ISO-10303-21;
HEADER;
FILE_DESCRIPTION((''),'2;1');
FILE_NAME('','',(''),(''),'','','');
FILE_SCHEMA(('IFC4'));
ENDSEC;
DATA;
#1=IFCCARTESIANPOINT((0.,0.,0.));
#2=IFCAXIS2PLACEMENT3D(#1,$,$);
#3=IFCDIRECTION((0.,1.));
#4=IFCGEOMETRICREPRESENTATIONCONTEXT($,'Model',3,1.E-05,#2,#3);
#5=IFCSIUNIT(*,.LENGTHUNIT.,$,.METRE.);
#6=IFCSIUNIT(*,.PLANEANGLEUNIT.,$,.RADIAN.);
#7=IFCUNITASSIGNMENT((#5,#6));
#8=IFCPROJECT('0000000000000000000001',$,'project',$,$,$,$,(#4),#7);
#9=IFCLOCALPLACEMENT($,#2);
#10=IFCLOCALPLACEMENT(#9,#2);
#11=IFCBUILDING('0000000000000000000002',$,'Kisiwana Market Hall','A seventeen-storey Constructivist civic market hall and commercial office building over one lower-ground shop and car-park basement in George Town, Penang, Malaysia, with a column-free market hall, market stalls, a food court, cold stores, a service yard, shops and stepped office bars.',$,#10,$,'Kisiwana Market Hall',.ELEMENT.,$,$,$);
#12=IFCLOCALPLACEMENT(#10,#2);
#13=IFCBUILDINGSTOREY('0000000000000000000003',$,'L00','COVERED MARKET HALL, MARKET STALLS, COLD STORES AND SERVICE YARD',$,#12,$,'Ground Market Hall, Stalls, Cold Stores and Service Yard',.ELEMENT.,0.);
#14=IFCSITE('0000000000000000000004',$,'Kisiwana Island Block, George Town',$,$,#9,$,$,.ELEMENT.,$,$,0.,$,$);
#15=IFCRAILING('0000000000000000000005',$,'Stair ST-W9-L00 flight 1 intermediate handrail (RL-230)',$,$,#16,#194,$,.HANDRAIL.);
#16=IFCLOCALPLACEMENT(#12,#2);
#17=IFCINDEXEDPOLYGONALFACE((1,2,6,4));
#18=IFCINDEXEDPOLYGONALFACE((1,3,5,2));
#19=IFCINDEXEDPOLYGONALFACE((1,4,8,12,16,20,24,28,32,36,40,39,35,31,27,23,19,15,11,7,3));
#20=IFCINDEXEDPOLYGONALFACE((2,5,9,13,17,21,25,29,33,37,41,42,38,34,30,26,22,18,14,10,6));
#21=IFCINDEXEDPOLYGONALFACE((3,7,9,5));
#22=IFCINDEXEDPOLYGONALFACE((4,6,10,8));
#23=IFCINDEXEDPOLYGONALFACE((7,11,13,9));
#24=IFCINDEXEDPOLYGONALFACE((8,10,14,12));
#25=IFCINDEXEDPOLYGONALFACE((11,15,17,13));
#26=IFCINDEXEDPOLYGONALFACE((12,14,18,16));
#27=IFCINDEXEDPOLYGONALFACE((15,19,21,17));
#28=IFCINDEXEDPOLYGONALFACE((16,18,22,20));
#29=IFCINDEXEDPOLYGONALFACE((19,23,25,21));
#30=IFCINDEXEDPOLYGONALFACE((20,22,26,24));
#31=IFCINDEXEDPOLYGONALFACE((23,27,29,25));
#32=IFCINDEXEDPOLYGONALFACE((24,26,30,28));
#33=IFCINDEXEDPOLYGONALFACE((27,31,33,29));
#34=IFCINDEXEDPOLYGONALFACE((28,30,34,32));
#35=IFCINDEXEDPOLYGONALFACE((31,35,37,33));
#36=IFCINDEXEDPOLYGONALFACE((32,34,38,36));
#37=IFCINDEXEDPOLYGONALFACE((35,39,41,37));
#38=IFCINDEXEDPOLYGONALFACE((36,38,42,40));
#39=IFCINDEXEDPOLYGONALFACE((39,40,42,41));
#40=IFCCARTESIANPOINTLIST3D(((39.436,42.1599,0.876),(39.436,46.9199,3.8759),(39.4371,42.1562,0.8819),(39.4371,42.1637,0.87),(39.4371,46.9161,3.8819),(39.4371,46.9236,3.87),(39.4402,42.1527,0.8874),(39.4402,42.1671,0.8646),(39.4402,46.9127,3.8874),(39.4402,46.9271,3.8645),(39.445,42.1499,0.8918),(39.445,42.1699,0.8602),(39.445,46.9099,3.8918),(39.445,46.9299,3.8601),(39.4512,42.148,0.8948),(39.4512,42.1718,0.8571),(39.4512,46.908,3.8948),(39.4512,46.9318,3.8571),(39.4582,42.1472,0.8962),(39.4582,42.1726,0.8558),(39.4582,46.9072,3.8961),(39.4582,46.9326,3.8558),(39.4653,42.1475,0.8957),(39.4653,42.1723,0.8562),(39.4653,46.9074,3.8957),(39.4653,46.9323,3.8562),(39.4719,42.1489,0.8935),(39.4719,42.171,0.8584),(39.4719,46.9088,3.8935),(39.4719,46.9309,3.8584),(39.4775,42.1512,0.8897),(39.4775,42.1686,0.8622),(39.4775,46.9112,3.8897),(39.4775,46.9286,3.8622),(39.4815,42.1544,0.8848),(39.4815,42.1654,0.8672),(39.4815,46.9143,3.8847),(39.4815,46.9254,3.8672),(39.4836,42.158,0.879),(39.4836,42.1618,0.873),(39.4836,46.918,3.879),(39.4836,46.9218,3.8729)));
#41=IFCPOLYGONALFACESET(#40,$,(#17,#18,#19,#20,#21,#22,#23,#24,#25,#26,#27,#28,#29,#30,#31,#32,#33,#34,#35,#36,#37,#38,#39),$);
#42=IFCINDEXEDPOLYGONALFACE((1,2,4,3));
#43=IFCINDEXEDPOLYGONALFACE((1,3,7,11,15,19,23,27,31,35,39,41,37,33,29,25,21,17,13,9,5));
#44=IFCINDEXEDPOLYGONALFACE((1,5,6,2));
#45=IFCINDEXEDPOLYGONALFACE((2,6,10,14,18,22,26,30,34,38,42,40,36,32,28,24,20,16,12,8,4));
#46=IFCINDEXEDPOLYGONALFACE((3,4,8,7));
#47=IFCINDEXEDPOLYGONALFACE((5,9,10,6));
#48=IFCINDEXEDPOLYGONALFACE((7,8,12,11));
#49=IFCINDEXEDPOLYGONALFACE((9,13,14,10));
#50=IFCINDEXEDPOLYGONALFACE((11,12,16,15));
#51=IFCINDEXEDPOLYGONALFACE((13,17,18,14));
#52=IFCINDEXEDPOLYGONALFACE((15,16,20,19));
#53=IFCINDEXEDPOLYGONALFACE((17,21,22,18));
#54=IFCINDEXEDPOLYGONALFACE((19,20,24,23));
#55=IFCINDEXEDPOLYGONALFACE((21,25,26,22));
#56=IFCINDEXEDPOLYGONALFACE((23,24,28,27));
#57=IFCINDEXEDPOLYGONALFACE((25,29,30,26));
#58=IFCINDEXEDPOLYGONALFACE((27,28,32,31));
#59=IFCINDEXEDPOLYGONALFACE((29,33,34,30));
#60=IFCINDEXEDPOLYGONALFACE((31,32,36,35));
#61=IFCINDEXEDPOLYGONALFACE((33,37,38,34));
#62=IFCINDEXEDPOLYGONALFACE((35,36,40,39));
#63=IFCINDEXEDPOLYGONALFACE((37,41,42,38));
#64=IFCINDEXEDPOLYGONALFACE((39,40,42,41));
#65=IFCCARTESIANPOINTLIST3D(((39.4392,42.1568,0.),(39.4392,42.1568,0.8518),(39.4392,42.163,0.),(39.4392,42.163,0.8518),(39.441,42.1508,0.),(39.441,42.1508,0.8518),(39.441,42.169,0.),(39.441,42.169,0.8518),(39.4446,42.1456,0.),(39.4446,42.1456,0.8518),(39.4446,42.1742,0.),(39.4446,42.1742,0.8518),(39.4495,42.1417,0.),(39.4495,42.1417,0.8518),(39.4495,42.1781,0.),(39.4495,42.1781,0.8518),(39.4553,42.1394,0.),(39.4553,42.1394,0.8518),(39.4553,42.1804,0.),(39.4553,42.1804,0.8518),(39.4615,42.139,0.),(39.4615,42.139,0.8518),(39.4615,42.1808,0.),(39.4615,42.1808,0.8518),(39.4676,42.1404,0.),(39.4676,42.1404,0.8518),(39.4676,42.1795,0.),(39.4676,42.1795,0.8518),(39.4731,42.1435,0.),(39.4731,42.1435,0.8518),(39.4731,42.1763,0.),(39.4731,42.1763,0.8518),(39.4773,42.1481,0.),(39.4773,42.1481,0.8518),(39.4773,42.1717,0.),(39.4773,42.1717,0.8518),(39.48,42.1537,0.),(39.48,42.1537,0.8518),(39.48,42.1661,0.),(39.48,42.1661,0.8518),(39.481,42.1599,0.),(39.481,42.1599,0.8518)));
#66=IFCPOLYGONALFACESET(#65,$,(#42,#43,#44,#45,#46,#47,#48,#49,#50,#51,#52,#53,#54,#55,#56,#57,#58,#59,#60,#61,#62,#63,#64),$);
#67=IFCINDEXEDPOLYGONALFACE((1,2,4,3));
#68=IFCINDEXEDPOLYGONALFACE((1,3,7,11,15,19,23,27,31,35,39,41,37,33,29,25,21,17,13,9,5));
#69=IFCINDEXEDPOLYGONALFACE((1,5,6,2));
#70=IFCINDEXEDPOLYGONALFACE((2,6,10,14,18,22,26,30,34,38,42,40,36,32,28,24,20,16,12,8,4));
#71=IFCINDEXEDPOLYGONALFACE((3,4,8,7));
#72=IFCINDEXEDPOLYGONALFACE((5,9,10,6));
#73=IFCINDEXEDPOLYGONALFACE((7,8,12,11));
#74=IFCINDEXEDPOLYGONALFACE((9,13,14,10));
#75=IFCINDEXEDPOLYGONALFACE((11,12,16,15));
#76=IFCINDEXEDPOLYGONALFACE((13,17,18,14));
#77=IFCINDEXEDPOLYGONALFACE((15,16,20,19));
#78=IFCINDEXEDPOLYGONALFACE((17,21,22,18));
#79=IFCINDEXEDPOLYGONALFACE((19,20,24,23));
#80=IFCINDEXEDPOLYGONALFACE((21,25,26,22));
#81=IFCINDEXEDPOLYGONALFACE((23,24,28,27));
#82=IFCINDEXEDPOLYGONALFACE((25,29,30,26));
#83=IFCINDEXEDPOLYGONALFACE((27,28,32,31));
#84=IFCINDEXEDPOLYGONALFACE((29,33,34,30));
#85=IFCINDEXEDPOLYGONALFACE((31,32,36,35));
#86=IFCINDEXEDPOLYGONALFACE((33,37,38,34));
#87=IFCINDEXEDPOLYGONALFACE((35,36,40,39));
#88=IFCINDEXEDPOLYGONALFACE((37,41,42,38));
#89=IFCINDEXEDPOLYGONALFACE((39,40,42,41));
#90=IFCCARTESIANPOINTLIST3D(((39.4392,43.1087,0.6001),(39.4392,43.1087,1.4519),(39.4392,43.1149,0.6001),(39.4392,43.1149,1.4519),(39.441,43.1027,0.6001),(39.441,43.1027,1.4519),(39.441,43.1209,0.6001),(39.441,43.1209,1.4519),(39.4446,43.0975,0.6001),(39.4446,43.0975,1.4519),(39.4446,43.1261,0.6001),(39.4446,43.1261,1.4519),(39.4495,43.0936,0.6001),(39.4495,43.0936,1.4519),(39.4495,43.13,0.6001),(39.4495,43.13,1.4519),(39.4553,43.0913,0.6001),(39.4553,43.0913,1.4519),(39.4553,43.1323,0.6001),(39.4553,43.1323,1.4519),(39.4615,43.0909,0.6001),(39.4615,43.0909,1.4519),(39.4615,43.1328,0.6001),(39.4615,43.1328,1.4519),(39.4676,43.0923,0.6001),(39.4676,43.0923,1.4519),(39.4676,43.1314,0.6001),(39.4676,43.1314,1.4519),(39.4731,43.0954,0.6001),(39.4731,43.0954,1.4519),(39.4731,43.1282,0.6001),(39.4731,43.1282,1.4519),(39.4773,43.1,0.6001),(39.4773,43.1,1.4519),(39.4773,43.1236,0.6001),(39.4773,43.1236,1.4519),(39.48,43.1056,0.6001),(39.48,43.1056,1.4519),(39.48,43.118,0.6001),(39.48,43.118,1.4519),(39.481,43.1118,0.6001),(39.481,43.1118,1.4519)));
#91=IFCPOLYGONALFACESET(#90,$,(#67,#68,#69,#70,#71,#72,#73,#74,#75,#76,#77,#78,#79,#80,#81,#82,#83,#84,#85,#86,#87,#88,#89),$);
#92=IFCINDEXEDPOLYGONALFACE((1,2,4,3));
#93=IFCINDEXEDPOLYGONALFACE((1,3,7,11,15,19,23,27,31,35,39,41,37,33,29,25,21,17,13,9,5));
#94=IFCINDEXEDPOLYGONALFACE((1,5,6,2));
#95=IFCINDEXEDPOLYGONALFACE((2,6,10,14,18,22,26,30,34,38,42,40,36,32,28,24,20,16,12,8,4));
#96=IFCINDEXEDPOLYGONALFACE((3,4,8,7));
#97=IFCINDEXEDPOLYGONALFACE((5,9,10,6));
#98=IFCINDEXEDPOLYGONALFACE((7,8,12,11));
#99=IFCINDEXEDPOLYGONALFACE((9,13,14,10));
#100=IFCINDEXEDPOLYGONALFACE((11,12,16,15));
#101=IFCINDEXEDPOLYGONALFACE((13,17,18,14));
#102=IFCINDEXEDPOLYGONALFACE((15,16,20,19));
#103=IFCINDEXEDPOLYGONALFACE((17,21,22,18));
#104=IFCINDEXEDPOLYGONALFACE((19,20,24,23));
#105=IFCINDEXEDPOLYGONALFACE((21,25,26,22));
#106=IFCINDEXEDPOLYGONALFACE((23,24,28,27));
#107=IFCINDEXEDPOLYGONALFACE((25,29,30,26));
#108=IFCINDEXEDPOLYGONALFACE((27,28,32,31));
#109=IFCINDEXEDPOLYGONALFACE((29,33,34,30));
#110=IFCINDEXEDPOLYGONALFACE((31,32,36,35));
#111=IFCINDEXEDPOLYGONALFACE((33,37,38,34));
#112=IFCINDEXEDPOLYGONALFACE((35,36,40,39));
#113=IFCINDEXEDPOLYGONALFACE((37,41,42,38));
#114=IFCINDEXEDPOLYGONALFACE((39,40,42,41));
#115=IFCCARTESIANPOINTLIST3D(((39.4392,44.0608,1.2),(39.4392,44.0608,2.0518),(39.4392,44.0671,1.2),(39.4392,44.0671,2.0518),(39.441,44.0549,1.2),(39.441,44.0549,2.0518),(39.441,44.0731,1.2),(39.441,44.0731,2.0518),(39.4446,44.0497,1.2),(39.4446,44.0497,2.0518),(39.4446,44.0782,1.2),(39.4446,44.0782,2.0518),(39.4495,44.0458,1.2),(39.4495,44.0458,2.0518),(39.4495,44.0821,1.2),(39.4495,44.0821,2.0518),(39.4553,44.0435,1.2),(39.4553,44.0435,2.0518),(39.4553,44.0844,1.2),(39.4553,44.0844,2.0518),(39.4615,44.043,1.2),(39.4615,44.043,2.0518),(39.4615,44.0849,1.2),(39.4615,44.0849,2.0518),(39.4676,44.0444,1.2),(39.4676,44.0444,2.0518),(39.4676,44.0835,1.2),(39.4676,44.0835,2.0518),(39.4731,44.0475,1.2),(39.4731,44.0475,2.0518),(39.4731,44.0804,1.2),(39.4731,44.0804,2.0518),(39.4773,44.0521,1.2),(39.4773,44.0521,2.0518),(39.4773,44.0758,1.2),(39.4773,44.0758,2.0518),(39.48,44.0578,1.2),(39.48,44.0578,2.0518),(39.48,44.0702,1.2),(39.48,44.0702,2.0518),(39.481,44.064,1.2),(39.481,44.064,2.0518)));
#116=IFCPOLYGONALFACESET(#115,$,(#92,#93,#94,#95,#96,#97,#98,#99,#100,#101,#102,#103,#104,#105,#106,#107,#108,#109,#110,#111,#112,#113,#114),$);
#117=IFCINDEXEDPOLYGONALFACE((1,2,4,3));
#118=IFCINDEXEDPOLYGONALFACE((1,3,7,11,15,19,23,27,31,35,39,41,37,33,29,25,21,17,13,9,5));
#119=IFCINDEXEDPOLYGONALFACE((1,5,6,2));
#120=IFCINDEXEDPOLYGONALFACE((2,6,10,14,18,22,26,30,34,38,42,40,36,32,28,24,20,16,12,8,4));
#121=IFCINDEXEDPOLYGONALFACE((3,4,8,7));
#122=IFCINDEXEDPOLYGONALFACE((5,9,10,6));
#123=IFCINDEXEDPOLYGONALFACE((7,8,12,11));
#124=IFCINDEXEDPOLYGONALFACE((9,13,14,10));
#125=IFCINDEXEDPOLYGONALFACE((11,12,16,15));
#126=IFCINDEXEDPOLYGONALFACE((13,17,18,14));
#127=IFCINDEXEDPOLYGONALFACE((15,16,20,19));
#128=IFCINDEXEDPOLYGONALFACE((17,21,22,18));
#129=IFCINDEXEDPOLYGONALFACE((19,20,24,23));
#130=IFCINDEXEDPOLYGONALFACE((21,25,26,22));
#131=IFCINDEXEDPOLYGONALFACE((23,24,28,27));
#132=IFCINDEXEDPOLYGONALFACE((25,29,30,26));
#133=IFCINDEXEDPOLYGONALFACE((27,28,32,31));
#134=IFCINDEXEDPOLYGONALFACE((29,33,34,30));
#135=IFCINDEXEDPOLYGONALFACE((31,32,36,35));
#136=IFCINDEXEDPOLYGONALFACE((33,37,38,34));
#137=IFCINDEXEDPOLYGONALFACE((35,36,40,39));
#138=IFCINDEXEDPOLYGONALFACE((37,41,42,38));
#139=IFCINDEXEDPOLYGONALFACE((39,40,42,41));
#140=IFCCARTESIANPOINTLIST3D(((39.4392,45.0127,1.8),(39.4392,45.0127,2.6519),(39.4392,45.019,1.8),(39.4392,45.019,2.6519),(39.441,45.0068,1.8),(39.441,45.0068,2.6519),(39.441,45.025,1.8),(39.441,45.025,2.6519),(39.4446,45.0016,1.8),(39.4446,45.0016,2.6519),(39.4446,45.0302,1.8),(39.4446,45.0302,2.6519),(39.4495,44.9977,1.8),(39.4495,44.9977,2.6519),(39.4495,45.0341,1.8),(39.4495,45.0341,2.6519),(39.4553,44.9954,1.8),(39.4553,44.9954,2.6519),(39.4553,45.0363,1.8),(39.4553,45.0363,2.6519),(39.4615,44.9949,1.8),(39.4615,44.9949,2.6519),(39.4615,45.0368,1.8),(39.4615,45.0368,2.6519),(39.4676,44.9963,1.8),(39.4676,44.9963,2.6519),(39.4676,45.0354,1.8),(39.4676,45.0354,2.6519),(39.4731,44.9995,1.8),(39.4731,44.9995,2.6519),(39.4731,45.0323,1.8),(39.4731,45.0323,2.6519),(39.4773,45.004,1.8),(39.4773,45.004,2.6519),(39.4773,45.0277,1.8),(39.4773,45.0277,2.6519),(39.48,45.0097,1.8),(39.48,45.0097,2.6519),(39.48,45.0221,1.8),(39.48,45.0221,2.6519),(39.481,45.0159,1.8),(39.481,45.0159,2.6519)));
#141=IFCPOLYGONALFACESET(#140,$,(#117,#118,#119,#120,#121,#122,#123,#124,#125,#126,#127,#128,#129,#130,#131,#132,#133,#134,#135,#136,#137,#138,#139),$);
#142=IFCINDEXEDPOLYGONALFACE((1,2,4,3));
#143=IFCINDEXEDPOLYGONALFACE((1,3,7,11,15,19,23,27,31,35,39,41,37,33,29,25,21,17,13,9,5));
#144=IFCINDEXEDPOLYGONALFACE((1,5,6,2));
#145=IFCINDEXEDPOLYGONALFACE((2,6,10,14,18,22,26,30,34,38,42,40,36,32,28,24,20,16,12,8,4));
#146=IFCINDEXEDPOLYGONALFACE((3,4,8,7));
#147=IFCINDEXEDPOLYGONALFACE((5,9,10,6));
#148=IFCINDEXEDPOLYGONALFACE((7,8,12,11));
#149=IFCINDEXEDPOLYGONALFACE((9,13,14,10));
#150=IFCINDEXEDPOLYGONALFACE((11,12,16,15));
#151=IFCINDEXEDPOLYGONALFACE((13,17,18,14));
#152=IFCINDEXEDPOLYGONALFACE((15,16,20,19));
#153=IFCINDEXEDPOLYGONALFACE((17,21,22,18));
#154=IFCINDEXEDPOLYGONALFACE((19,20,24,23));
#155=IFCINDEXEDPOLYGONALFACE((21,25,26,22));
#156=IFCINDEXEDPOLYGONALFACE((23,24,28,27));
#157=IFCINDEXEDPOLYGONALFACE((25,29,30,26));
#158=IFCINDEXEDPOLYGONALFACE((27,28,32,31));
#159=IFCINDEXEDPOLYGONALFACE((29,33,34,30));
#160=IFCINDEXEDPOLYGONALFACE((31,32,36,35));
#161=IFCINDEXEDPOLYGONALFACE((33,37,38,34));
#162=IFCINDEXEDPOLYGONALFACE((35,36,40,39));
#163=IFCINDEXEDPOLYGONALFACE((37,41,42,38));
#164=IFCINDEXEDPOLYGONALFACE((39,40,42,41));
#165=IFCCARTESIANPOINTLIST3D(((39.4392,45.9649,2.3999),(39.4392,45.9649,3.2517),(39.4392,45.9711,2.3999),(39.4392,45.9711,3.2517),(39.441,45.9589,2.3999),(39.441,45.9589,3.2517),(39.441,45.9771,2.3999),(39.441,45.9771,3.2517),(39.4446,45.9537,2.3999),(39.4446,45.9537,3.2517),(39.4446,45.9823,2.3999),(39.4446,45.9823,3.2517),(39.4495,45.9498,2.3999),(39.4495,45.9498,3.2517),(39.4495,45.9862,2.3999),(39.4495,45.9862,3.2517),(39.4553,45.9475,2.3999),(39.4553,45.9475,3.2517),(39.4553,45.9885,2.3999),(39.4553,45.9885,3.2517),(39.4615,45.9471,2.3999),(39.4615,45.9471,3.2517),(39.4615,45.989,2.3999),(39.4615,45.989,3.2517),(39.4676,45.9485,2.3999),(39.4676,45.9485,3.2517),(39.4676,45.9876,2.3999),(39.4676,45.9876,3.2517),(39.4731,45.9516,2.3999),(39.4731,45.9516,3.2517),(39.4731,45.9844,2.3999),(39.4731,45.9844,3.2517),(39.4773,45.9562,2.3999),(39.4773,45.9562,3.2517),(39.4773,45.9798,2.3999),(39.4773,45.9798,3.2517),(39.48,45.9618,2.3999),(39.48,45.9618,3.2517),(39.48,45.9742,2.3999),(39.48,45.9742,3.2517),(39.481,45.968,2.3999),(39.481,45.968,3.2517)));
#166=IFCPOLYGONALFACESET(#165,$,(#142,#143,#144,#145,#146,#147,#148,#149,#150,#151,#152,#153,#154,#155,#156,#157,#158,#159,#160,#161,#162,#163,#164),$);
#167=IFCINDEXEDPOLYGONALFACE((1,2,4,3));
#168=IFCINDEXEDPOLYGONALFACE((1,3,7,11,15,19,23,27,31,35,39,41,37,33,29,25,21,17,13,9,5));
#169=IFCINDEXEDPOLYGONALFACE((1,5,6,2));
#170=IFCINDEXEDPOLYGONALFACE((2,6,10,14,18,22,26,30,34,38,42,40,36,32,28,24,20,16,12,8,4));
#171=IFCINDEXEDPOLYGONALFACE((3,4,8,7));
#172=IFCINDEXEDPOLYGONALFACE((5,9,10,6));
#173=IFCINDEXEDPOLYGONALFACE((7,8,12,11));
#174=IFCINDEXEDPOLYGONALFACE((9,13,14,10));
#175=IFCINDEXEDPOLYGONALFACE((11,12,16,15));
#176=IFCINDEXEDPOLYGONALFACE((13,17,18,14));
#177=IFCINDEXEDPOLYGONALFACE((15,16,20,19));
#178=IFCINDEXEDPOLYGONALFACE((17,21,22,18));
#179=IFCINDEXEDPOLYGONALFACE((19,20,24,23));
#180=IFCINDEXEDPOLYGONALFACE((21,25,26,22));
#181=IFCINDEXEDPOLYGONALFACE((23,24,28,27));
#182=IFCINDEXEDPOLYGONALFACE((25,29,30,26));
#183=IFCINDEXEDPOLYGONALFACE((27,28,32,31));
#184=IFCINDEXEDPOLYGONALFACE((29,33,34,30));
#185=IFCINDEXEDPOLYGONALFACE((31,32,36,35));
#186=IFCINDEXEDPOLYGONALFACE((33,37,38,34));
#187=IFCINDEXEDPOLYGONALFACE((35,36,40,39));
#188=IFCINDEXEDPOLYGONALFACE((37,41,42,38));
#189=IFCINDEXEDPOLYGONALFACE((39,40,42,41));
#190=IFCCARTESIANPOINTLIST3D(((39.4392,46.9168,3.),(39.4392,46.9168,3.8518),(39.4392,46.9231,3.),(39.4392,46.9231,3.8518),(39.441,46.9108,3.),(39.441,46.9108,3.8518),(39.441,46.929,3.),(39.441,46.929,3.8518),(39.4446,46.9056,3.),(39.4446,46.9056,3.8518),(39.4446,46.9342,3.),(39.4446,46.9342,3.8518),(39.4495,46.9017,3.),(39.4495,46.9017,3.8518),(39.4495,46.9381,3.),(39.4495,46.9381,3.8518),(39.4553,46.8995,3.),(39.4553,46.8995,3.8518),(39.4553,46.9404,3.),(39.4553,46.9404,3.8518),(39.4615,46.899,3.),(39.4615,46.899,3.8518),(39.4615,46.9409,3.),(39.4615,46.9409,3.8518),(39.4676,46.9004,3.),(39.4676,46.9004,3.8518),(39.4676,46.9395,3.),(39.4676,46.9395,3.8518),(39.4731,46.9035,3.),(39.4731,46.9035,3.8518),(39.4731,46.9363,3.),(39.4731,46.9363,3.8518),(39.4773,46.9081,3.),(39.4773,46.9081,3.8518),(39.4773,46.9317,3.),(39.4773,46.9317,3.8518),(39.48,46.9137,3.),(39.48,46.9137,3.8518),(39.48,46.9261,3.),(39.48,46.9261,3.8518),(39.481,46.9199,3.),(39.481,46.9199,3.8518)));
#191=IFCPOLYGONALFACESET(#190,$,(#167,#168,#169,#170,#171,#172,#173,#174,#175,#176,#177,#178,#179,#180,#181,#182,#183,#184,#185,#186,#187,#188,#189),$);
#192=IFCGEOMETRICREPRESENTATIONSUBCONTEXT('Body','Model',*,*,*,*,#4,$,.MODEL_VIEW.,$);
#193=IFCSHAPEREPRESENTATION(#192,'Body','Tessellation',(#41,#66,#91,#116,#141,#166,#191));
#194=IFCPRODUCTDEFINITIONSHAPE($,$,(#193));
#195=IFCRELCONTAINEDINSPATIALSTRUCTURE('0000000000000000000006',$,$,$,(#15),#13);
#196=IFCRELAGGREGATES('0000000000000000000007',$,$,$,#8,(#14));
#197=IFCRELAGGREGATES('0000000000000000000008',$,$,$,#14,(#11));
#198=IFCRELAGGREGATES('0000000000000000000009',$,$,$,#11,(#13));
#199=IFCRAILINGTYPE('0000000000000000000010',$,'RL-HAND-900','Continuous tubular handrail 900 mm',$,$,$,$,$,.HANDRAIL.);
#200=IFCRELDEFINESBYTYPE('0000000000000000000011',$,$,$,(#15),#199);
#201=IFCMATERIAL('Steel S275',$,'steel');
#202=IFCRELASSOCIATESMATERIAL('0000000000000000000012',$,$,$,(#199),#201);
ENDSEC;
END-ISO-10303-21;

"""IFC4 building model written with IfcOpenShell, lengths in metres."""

from ifc_helpers import new_model, si_unit, direction, frame, origin, origin_2d, place, context, subcontext, project, spatial, circle, extrude, material, type_object, element, save


model = new_model("IFC4")

# Units and contexts
model_context = context("Model", 3, precision=1e-05, world=origin(), true_north=direction((0.0, 1.0)))
body_context = subcontext(model_context, "Body", "Model", "MODEL_VIEW")
ifc_project = project(units=[si_unit("LENGTHUNIT", "METRE"), si_unit("PLANEANGLEUNIT", "RADIAN")], contexts=[model_context])

# Site, building, storey
site_placement = place(None, origin())
site = spatial("IfcSite", under=ifc_project, at=site_placement, Name="Kisiwana Island Block, George Town", CompositionType="ELEMENT", RefElevation=0.0)
building_placement = place(site_placement, origin())
building = spatial("IfcBuilding", under=site, at=building_placement, Name="Kisiwana Market Hall", Description="A seventeen-storey Constructivist civic market hall and commercial office building over one lower-ground shop and car-park basement in George Town, Penang, Malaysia, with a column-free market hall, market stalls, a food court, cold stores, a service yard, shops and stepped office bars.", LongName="Kisiwana Market Hall", CompositionType="ELEMENT")
storey_placement = place(building_placement, origin())
storey = spatial("IfcBuildingStorey", under=building, at=storey_placement, Name="L00", Description="COVERED MARKET HALL, MARKET STALLS, COLD STORES AND SERVICE YARD", LongName="Ground Market Hall, Stalls, Cold Stores and Service Yard", CompositionType="ELEMENT", Elevation=0.0)

# Railing
ifc_material_1 = material(Name="Steel S275", Category="steel")
railing_type_1 = type_object("IfcRailingType", Name="RL-HAND-900", Description="Continuous tubular handrail 900 mm", PredefinedType="HANDRAIL", material=ifc_material_1)
railing_1_placement = place(storey_placement, frame((39.46, 42.1599, 0.0)))
element("IfcRailing", 1, at=railing_1_placement, inside=storey, type_object=railing_type_1, Name="Stair ST-W9-L00 flight 1 intermediate handrail (RL-230)", PredefinedType="HANDRAIL", context=body_context, shape_type="SweptSolid", body=[
    extrude(circle(Radius=0.0239, at=origin_2d()), frame((0.0, 0.0, 0.876), z_axis=(0.0, 0.845996, 0.53319), x_axis=(-1.0, 0.0, 0.0)), (0.0, 0.0, 1.0), 5.6265),
    extrude(circle(Radius=0.021, at=origin_2d()), origin(), (0.0, 0.0, 1.0), 0.8518),
    extrude(circle(Radius=0.021, at=origin_2d()), frame((0.0, 0.9519, 0.6001)), (0.0, 0.0, 1.0), 0.8518),
    extrude(circle(Radius=0.021, at=origin_2d()), frame((0.0, 1.9041, 1.2)), (0.0, 0.0, 1.0), 0.8518),
    extrude(circle(Radius=0.021, at=origin_2d()), frame((0.0, 2.856, 1.8)), (0.0, 0.0, 1.0), 0.8518),
    extrude(circle(Radius=0.021, at=origin_2d()), frame((0.0, 3.8081, 2.3999)), (0.0, 0.0, 1.0), 0.8518),
    extrude(circle(Radius=0.021, at=origin_2d()), frame((0.0, 4.76, 3.0)), (0.0, 0.0, 1.0), 0.8518),
])

save(model, "model.ifc")
